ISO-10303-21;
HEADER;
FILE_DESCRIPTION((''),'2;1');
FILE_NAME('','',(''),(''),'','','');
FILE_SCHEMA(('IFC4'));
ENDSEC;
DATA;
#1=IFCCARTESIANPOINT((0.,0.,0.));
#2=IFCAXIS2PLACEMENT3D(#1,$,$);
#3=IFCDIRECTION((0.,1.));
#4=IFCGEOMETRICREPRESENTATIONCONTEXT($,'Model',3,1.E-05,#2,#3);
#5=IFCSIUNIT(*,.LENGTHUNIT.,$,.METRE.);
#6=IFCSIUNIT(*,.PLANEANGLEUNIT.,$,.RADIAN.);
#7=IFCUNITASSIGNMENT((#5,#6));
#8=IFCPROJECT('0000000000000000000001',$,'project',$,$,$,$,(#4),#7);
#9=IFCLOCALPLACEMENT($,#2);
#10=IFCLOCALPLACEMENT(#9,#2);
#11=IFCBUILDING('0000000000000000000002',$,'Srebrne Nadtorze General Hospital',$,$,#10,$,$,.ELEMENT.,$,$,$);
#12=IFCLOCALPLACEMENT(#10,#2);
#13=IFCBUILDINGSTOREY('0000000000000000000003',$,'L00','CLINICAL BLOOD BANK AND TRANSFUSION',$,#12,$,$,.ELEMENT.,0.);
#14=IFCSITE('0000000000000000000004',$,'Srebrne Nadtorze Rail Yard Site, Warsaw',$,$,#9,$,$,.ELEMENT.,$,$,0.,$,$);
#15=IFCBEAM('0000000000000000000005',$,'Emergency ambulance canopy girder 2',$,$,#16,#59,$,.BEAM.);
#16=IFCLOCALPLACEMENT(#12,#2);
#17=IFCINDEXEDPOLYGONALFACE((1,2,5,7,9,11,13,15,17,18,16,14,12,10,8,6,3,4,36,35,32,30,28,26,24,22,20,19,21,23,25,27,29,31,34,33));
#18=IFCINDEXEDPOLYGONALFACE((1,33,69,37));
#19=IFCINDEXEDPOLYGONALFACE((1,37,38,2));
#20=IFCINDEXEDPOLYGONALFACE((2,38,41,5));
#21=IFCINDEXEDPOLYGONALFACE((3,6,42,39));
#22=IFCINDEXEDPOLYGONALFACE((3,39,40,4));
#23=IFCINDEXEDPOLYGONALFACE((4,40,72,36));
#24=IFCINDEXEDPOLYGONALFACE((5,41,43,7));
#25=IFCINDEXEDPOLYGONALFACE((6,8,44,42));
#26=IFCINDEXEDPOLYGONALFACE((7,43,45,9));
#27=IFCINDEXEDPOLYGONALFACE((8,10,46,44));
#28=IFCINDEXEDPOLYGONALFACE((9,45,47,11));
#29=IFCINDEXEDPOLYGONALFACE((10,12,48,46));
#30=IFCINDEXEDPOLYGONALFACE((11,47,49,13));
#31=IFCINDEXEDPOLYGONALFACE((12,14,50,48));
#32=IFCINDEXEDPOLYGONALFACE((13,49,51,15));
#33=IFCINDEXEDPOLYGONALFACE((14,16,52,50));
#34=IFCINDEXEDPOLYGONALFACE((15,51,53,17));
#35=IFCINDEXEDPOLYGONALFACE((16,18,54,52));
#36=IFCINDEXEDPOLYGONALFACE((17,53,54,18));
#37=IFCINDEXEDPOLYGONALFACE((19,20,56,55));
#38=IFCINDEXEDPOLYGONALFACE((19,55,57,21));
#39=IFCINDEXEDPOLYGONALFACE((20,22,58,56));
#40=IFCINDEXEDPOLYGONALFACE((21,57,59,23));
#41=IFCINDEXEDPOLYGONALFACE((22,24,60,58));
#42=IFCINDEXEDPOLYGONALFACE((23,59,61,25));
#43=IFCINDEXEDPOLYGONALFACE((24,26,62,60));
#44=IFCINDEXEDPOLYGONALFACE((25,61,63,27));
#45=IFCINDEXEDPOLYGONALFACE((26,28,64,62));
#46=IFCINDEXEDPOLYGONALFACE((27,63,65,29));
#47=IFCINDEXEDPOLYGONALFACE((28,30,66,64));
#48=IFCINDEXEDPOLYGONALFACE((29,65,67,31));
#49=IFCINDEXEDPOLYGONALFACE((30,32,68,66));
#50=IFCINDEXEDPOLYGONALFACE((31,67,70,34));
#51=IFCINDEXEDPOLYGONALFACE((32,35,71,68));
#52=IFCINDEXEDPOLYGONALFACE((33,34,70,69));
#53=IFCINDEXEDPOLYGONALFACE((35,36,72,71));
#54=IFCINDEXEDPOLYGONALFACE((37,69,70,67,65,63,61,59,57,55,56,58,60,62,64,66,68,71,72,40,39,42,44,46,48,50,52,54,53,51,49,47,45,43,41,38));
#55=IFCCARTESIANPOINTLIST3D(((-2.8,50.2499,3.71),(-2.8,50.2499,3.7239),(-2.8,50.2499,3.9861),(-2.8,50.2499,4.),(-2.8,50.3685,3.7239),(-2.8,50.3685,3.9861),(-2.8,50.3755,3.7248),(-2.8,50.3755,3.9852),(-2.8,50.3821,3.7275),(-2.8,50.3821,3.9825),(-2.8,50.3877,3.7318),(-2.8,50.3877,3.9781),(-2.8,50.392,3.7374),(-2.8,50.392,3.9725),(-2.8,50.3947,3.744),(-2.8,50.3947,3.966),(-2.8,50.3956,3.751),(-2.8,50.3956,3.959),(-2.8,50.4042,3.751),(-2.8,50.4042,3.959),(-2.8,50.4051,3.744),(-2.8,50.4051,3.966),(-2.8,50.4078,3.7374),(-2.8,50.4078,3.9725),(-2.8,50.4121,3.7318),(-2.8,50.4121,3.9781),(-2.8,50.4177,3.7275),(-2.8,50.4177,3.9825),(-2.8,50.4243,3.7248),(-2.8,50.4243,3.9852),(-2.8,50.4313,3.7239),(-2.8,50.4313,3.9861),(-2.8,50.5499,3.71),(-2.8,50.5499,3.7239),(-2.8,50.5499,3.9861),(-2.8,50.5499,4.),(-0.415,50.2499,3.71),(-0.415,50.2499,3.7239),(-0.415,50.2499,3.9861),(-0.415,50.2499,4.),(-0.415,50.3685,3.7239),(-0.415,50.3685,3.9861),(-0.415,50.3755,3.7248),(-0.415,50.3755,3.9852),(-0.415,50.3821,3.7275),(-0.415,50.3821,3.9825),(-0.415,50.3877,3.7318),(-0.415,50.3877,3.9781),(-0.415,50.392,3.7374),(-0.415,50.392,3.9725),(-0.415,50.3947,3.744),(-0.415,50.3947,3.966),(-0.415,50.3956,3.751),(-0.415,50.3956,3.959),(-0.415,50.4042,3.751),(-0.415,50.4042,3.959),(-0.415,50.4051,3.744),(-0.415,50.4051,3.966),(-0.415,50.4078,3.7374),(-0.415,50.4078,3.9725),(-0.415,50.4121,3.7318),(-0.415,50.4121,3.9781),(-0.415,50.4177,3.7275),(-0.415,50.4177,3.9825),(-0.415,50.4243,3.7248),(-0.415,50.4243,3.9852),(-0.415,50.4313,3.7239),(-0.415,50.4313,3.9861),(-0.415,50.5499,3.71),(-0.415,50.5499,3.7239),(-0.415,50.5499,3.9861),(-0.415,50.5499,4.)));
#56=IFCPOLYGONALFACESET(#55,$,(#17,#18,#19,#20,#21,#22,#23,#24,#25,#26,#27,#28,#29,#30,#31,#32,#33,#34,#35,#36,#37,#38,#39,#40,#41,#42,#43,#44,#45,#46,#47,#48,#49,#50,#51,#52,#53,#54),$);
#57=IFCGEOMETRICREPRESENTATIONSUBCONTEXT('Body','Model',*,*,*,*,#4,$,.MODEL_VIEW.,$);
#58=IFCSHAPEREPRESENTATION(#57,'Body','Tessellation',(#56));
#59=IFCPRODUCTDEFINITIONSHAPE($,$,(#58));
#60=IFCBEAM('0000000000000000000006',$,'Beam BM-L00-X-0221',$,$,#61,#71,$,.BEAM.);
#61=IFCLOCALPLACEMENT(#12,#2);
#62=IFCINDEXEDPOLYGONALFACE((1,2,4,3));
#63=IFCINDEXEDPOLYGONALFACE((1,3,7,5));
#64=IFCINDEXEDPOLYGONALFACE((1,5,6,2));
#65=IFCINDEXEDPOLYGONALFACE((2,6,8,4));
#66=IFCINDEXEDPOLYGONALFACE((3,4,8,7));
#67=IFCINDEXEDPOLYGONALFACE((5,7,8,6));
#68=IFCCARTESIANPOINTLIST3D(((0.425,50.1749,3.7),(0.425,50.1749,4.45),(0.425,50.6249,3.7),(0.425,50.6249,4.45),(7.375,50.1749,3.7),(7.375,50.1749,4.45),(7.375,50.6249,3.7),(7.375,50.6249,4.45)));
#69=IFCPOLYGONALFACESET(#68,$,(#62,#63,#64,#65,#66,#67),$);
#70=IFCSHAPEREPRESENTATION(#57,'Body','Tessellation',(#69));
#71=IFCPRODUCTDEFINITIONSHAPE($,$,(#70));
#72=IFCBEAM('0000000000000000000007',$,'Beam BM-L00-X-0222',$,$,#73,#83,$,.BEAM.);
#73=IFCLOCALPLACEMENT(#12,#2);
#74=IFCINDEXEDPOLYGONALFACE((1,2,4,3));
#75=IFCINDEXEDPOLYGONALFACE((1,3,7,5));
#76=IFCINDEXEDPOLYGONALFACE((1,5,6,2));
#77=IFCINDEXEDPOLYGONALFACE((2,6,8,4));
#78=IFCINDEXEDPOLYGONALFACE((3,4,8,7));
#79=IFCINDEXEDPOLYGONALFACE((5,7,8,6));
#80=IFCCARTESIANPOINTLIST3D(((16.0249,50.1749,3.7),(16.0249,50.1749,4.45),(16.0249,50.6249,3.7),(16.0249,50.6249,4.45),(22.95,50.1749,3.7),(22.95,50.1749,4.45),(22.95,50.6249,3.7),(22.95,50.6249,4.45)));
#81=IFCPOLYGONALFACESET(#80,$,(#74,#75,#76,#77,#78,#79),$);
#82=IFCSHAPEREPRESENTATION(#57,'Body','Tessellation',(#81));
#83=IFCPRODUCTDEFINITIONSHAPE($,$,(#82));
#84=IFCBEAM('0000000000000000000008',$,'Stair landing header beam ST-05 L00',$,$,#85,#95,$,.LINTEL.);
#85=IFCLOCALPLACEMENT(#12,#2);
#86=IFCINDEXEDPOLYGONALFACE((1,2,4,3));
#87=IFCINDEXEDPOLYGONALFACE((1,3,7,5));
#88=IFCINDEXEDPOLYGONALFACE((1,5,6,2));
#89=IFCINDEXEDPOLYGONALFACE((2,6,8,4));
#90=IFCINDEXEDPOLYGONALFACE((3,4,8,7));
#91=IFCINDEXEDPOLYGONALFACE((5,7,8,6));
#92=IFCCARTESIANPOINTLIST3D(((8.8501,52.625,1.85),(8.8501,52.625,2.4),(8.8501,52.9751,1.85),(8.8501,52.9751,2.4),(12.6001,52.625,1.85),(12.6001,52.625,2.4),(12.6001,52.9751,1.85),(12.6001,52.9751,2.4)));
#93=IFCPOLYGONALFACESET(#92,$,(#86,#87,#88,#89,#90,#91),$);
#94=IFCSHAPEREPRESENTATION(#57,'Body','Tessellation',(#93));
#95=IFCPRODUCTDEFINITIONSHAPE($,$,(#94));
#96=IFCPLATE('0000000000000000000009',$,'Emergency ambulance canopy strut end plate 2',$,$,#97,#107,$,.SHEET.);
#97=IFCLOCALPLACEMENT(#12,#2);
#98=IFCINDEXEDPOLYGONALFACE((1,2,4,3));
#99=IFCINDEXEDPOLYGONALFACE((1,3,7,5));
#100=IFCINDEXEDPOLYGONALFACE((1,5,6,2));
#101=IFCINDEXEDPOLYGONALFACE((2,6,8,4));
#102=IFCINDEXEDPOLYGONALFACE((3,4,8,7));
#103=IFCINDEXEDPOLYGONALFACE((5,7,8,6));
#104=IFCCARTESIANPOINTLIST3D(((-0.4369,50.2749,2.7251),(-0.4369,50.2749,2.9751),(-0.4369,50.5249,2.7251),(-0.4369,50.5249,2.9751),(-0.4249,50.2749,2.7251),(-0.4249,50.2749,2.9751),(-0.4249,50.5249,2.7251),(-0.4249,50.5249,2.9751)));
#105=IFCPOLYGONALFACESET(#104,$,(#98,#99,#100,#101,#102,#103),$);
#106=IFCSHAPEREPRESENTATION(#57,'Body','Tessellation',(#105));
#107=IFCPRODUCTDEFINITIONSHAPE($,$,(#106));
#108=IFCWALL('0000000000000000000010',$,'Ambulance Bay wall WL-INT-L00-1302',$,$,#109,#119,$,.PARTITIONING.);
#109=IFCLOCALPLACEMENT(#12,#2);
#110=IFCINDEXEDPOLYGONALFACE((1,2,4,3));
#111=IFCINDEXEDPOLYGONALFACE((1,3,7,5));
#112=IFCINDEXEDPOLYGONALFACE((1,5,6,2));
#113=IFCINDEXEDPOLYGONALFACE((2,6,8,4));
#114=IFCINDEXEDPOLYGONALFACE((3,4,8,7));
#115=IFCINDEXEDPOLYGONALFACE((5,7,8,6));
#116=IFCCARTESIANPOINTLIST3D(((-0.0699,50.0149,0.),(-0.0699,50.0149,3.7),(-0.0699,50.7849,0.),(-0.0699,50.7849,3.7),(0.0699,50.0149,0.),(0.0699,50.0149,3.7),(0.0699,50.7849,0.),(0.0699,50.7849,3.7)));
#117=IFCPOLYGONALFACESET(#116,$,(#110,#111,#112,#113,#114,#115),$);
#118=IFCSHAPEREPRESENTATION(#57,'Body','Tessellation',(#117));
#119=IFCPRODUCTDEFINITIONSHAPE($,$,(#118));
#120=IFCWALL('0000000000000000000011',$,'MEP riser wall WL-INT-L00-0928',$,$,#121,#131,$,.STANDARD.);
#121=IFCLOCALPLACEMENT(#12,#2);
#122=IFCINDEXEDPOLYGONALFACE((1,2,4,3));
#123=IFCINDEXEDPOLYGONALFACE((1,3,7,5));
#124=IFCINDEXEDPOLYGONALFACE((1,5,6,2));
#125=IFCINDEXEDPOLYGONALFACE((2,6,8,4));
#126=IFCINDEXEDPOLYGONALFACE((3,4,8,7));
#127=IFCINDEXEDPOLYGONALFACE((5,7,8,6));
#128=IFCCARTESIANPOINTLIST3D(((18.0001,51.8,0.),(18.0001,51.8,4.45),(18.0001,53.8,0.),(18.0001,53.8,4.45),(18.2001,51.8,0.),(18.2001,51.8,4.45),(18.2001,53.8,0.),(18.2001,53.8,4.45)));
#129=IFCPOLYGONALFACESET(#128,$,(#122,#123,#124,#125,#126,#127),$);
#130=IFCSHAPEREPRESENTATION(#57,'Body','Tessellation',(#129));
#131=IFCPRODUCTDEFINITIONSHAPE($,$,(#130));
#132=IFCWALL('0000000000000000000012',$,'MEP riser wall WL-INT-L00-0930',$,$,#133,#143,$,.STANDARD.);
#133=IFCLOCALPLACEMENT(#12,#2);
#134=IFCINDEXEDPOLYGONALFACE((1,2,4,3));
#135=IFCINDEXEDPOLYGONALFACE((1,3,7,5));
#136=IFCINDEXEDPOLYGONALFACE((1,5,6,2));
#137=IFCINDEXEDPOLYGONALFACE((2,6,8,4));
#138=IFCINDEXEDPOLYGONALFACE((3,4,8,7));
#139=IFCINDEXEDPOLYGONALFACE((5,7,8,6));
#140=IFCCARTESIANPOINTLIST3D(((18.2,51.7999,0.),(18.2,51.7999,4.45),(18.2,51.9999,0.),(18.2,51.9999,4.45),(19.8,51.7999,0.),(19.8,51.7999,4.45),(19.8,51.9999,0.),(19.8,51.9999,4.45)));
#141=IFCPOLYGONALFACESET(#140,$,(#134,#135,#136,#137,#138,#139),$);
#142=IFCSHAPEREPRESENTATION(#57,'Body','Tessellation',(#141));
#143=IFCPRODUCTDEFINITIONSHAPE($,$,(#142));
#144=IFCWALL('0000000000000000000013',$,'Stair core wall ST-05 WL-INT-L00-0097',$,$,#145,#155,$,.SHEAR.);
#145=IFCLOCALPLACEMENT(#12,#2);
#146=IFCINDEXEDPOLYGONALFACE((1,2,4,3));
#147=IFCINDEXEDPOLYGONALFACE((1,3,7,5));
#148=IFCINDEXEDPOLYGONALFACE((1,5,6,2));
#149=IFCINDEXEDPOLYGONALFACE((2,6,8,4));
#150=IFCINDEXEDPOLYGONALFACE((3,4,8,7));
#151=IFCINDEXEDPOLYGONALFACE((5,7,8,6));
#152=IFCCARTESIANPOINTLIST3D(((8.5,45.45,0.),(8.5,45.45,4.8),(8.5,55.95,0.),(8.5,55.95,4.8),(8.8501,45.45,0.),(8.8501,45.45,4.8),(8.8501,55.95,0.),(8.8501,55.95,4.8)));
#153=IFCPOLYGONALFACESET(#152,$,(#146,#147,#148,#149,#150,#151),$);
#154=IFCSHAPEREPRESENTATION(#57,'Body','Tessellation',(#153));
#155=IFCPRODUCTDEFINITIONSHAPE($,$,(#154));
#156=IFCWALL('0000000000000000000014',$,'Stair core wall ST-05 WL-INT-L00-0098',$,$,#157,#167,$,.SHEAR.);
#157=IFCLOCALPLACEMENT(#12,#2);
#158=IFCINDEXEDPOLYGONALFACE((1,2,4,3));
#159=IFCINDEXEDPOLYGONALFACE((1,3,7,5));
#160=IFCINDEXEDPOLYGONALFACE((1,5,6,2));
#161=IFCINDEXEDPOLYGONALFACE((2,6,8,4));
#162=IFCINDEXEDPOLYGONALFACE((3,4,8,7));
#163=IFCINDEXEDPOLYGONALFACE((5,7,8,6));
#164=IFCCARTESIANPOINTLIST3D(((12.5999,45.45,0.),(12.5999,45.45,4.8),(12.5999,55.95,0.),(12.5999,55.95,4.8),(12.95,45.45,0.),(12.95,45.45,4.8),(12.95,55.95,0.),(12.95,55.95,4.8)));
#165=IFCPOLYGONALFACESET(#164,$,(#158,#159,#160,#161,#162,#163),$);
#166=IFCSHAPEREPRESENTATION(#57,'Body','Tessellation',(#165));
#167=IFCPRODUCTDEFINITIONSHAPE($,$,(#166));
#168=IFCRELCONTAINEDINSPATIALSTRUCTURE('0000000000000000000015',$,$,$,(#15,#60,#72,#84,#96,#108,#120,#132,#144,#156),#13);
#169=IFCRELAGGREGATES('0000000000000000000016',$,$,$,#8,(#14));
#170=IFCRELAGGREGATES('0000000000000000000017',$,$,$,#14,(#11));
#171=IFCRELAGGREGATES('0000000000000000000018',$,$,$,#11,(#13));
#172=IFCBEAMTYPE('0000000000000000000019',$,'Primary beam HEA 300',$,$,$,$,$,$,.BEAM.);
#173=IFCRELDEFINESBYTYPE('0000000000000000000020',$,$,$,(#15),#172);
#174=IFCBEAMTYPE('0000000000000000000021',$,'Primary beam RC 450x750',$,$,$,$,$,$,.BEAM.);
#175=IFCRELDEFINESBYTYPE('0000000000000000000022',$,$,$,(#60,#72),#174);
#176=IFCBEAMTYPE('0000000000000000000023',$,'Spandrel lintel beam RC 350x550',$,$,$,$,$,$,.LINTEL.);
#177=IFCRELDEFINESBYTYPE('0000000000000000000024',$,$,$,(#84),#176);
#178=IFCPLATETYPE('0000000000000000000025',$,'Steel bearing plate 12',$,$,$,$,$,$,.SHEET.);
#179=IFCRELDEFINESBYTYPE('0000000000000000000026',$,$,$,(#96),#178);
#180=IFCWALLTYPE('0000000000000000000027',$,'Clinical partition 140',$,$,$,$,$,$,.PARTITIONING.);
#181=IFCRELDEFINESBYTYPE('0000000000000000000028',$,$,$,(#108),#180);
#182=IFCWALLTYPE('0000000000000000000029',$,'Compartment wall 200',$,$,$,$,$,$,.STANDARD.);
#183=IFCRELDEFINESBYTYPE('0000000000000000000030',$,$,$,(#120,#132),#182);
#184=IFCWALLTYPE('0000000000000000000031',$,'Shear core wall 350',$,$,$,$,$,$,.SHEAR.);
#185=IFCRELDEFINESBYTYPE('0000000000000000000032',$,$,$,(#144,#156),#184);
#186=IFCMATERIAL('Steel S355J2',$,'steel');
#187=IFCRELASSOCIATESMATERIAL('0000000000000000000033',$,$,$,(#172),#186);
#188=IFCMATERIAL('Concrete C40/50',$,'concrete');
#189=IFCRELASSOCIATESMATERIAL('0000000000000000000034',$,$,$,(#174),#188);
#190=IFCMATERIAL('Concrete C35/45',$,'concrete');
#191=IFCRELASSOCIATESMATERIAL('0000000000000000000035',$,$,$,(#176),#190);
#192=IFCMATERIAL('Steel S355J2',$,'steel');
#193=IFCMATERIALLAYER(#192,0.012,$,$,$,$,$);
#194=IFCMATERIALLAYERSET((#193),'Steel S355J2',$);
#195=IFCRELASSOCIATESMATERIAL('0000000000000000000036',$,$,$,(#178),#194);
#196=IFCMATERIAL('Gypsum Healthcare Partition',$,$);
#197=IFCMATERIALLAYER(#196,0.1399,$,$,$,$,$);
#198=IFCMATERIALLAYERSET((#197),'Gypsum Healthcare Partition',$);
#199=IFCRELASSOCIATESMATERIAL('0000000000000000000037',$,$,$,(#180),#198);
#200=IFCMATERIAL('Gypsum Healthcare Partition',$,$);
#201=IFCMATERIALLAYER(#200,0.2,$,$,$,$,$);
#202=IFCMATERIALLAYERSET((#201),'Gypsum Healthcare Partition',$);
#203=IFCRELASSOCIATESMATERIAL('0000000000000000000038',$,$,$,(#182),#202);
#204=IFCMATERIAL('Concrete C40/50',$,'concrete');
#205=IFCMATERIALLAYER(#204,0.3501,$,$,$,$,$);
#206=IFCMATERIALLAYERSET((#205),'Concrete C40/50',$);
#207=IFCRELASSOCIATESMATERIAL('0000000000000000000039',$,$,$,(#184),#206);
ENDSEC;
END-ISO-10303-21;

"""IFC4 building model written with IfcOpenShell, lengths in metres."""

from ifc_helpers import new_model, si_unit, direction, frame, frame_2d, origin, origin_2d, place, context, subcontext, project, spatial, rectangle, i_section, extrude, material, layer, layer_set, material_profile, profile_set, type_object, element, save


model = new_model("IFC4")

# Units and contexts
model_context = context("Model", 3, precision=1e-05, world=origin(), true_north=direction((0.0, 1.0)))
body_context = subcontext(model_context, "Body", "Model", "MODEL_VIEW")
ifc_project = project(units=[si_unit("LENGTHUNIT", "METRE"), si_unit("PLANEANGLEUNIT", "RADIAN")], contexts=[model_context])

# Site, building, storey
site_placement = place(None, origin())
site = spatial("IfcSite", under=ifc_project, at=site_placement, Name="Srebrne Nadtorze Rail Yard Site, Warsaw", CompositionType="ELEMENT", RefElevation=0.0)
building_placement = place(site_placement, origin())
building = spatial("IfcBuilding", under=site, at=building_placement, Name="Srebrne Nadtorze General Hospital", CompositionType="ELEMENT")
storey_placement = place(building_placement, origin())
storey = spatial("IfcBuildingStorey", under=building, at=storey_placement, Name="L00", Description="CLINICAL BLOOD BANK AND TRANSFUSION", CompositionType="ELEMENT", Elevation=0.0)

# Beams
ifc_material_1 = material(Name="Steel S355J2", Category="steel")
ifc_material_profile_1 = material_profile(ifc_material_1, i_section(OverallWidth=0.3, OverallDepth=0.29, WebThickness=0.0085, FlangeThickness=0.0139, FilletRadius=0.0271, at=origin_2d()), Name="HEA-300")
ifc_profile_set_1 = profile_set([ifc_material_profile_1], Name="Steel S355J2")
beam_type_1 = type_object("IfcBeamType", Name="Primary beam HEA 300", PredefinedType="BEAM", material=ifc_profile_set_1)
beam_1_placement = place(storey_placement, frame((-0.415, 50.3999, 3.855), z_axis=(-1.0, 0.0, 0.0), x_axis=(0.0, -1.0, 0.0)))
element("IfcBeam", 1, at=beam_1_placement, inside=storey, type_object=beam_type_1, Name="Emergency ambulance canopy girder 2", PredefinedType="BEAM", context=body_context, shape_type="SweptSolid", body=[
    extrude(i_section(OverallWidth=0.3, OverallDepth=0.29, WebThickness=0.0085, FlangeThickness=0.0139, FilletRadius=0.0271, at=origin_2d()), origin(), (0.0, 0.0, 1.0), 2.385),
])
ifc_material_2 = material(Name="Concrete C40/50", Category="concrete")
ifc_material_profile_2 = material_profile(ifc_material_2, rectangle(XDim=0.45, YDim=0.75, at=origin_2d()), Name="RC-BM-450x750")
ifc_profile_set_2 = profile_set([ifc_material_profile_2], Name="Concrete C40/50")
beam_type_2 = type_object("IfcBeamType", Name="Primary beam RC 450x750", PredefinedType="BEAM", material=ifc_profile_set_2)
beam_2_placement = place(storey_placement, frame((0.425, 50.3999, 4.075), z_axis=(1.0, 0.0, 0.0), x_axis=(0.0, 1.0, 0.0)))
element("IfcBeam", 2, at=beam_2_placement, inside=storey, type_object=beam_type_2, Name="Beam BM-L00-X-0221", PredefinedType="BEAM", context=body_context, shape_type="SweptSolid", body=[
    extrude(rectangle(XDim=0.45, YDim=0.75, at=origin_2d()), origin(), (0.0, 0.0, 1.0), 6.95),
])
beam_3_placement = place(storey_placement, frame((16.0249, 50.3999, 4.075), z_axis=(1.0, 0.0, 0.0), x_axis=(0.0, 1.0, 0.0)))
element("IfcBeam", 3, at=beam_3_placement, inside=storey, type_object=beam_type_2, Name="Beam BM-L00-X-0222", PredefinedType="BEAM", context=body_context, shape_type="SweptSolid", body=[
    extrude(rectangle(XDim=0.45, YDim=0.75, at=origin_2d()), origin(), (0.0, 0.0, 1.0), 6.925),
])
ifc_material_3 = material(Name="Concrete C35/45", Category="concrete")
ifc_material_profile_3 = material_profile(ifc_material_3, rectangle(XDim=0.3501, YDim=0.55, at=origin_2d()), Name="RC-BM-350x550")
ifc_profile_set_3 = profile_set([ifc_material_profile_3], Name="Concrete C35/45")
beam_type_3 = type_object("IfcBeamType", Name="Spandrel lintel beam RC 350x550", PredefinedType="LINTEL", material=ifc_profile_set_3)
beam_4_placement = place(storey_placement, frame((8.8501, 52.8, 2.125), z_axis=(1.0, 0.0, 0.0), x_axis=(0.0, 1.0, 0.0)))
element("IfcBeam", 4, at=beam_4_placement, inside=storey, type_object=beam_type_3, Name="Stair landing header beam ST-05 L00", PredefinedType="LINTEL", context=body_context, shape_type="SweptSolid", body=[
    extrude(rectangle(XDim=0.3501, YDim=0.55, at=origin_2d()), origin(), (0.0, 0.0, 1.0), 3.75),
])

# Plate
ifc_material_4 = material(Name="Steel S355J2", Category="steel")
ifc_layer_1 = layer(ifc_material_4, 0.012)
ifc_layer_set_1 = layer_set([ifc_layer_1], Name="Steel S355J2")
plate_type = type_object("IfcPlateType", Name="Steel bearing plate 12", PredefinedType="SHEET", material=ifc_layer_set_1)
plate_placement = place(storey_placement, frame((-0.4309, 50.3999, 2.7251), z_axis=(0.0, 0.0, 1.0), x_axis=(1.0, 0.0, 0.0)))
element("IfcPlate", 5, at=plate_placement, inside=storey, type_object=plate_type, Name="Emergency ambulance canopy strut end plate 2", PredefinedType="SHEET", context=body_context, shape_type="SweptSolid", body=[
    extrude(rectangle(XDim=0.012, YDim=0.25, at=origin_2d()), origin(), (0.0, 0.0, 1.0), 0.25),
])

# Walls
ifc_material_5 = material(Name="Gypsum Healthcare Partition")
ifc_layer_2 = layer(ifc_material_5, 0.1399)
ifc_layer_set_2 = layer_set([ifc_layer_2], Name="Gypsum Healthcare Partition")
wall_type_1 = type_object("IfcWallType", Name="Clinical partition 140", PredefinedType="PARTITIONING", material=ifc_layer_set_2)
wall_1_placement = place(storey_placement, frame((0.0, 50.0149, 0.0), z_axis=(0.0, 0.0, 1.0), x_axis=(0.0, 1.0, 0.0)))
element("IfcWall", 6, at=wall_1_placement, inside=storey, type_object=wall_type_1, Name="Ambulance Bay wall WL-INT-L00-1302", PredefinedType="PARTITIONING", context=body_context, shape_type="SweptSolid", body=[
    extrude(rectangle(XDim=0.77, YDim=0.1399, at=frame_2d((0.385, 0.0))), origin(), (0.0, 0.0, 1.0), 3.7),
])
ifc_material_6 = material(Name="Gypsum Healthcare Partition")
ifc_layer_3 = layer(ifc_material_6, 0.2)
ifc_layer_set_3 = layer_set([ifc_layer_3], Name="Gypsum Healthcare Partition")
wall_type_2 = type_object("IfcWallType", Name="Compartment wall 200", PredefinedType="STANDARD", material=ifc_layer_set_3)
wall_2_placement = place(storey_placement, frame((18.1001, 51.8, 0.0), z_axis=(0.0, 0.0, 1.0), x_axis=(0.0, 1.0, 0.0)))
element("IfcWall", 7, at=wall_2_placement, inside=storey, type_object=wall_type_2, Name="MEP riser wall WL-INT-L00-0928", PredefinedType="STANDARD", context=body_context, shape_type="SweptSolid", body=[
    extrude(rectangle(XDim=2.0, YDim=0.2, at=frame_2d((1.0, 0.0))), origin(), (0.0, 0.0, 1.0), 4.45),
])
wall_3_placement = place(storey_placement, frame((18.2, 51.8999, 0.0), z_axis=(0.0, 0.0, 1.0), x_axis=(1.0, 0.0, 0.0)))
element("IfcWall", 8, at=wall_3_placement, inside=storey, type_object=wall_type_2, Name="MEP riser wall WL-INT-L00-0930", PredefinedType="STANDARD", context=body_context, shape_type="SweptSolid", body=[
    extrude(rectangle(XDim=1.6001, YDim=0.2, at=frame_2d((0.8, 0.0))), origin(), (0.0, 0.0, 1.0), 4.45),
])
ifc_material_7 = material(Name="Concrete C40/50", Category="concrete")
ifc_layer_4 = layer(ifc_material_7, 0.3501)
ifc_layer_set_4 = layer_set([ifc_layer_4], Name="Concrete C40/50")
wall_type_3 = type_object("IfcWallType", Name="Shear core wall 350", PredefinedType="SHEAR", material=ifc_layer_set_4)
for number, where, z_axis, x_axis, name in (
    (9, (8.675, 45.45, 0.0), (0.0, 0.0, 1.0), (0.0, 1.0, 0.0), "Stair core wall ST-05 WL-INT-L00-0097"),
    (10, (12.7749, 45.45, 0.0), (0.0, 0.0, 1.0), (0.0, 1.0, 0.0), "Stair core wall ST-05 WL-INT-L00-0098"),
):
    element("IfcWall", number, at=place(storey_placement, frame(where, z_axis=z_axis, x_axis=x_axis)), inside=storey, type_object=wall_type_3, Name=name, PredefinedType="SHEAR", context=body_context, shape_type="SweptSolid", body=[
        extrude(rectangle(XDim=10.5, YDim=0.3501, at=frame_2d((5.25, 0.0))), origin(), (0.0, 0.0, 1.0), 4.8),
    ])

save(model, "model.ifc")
